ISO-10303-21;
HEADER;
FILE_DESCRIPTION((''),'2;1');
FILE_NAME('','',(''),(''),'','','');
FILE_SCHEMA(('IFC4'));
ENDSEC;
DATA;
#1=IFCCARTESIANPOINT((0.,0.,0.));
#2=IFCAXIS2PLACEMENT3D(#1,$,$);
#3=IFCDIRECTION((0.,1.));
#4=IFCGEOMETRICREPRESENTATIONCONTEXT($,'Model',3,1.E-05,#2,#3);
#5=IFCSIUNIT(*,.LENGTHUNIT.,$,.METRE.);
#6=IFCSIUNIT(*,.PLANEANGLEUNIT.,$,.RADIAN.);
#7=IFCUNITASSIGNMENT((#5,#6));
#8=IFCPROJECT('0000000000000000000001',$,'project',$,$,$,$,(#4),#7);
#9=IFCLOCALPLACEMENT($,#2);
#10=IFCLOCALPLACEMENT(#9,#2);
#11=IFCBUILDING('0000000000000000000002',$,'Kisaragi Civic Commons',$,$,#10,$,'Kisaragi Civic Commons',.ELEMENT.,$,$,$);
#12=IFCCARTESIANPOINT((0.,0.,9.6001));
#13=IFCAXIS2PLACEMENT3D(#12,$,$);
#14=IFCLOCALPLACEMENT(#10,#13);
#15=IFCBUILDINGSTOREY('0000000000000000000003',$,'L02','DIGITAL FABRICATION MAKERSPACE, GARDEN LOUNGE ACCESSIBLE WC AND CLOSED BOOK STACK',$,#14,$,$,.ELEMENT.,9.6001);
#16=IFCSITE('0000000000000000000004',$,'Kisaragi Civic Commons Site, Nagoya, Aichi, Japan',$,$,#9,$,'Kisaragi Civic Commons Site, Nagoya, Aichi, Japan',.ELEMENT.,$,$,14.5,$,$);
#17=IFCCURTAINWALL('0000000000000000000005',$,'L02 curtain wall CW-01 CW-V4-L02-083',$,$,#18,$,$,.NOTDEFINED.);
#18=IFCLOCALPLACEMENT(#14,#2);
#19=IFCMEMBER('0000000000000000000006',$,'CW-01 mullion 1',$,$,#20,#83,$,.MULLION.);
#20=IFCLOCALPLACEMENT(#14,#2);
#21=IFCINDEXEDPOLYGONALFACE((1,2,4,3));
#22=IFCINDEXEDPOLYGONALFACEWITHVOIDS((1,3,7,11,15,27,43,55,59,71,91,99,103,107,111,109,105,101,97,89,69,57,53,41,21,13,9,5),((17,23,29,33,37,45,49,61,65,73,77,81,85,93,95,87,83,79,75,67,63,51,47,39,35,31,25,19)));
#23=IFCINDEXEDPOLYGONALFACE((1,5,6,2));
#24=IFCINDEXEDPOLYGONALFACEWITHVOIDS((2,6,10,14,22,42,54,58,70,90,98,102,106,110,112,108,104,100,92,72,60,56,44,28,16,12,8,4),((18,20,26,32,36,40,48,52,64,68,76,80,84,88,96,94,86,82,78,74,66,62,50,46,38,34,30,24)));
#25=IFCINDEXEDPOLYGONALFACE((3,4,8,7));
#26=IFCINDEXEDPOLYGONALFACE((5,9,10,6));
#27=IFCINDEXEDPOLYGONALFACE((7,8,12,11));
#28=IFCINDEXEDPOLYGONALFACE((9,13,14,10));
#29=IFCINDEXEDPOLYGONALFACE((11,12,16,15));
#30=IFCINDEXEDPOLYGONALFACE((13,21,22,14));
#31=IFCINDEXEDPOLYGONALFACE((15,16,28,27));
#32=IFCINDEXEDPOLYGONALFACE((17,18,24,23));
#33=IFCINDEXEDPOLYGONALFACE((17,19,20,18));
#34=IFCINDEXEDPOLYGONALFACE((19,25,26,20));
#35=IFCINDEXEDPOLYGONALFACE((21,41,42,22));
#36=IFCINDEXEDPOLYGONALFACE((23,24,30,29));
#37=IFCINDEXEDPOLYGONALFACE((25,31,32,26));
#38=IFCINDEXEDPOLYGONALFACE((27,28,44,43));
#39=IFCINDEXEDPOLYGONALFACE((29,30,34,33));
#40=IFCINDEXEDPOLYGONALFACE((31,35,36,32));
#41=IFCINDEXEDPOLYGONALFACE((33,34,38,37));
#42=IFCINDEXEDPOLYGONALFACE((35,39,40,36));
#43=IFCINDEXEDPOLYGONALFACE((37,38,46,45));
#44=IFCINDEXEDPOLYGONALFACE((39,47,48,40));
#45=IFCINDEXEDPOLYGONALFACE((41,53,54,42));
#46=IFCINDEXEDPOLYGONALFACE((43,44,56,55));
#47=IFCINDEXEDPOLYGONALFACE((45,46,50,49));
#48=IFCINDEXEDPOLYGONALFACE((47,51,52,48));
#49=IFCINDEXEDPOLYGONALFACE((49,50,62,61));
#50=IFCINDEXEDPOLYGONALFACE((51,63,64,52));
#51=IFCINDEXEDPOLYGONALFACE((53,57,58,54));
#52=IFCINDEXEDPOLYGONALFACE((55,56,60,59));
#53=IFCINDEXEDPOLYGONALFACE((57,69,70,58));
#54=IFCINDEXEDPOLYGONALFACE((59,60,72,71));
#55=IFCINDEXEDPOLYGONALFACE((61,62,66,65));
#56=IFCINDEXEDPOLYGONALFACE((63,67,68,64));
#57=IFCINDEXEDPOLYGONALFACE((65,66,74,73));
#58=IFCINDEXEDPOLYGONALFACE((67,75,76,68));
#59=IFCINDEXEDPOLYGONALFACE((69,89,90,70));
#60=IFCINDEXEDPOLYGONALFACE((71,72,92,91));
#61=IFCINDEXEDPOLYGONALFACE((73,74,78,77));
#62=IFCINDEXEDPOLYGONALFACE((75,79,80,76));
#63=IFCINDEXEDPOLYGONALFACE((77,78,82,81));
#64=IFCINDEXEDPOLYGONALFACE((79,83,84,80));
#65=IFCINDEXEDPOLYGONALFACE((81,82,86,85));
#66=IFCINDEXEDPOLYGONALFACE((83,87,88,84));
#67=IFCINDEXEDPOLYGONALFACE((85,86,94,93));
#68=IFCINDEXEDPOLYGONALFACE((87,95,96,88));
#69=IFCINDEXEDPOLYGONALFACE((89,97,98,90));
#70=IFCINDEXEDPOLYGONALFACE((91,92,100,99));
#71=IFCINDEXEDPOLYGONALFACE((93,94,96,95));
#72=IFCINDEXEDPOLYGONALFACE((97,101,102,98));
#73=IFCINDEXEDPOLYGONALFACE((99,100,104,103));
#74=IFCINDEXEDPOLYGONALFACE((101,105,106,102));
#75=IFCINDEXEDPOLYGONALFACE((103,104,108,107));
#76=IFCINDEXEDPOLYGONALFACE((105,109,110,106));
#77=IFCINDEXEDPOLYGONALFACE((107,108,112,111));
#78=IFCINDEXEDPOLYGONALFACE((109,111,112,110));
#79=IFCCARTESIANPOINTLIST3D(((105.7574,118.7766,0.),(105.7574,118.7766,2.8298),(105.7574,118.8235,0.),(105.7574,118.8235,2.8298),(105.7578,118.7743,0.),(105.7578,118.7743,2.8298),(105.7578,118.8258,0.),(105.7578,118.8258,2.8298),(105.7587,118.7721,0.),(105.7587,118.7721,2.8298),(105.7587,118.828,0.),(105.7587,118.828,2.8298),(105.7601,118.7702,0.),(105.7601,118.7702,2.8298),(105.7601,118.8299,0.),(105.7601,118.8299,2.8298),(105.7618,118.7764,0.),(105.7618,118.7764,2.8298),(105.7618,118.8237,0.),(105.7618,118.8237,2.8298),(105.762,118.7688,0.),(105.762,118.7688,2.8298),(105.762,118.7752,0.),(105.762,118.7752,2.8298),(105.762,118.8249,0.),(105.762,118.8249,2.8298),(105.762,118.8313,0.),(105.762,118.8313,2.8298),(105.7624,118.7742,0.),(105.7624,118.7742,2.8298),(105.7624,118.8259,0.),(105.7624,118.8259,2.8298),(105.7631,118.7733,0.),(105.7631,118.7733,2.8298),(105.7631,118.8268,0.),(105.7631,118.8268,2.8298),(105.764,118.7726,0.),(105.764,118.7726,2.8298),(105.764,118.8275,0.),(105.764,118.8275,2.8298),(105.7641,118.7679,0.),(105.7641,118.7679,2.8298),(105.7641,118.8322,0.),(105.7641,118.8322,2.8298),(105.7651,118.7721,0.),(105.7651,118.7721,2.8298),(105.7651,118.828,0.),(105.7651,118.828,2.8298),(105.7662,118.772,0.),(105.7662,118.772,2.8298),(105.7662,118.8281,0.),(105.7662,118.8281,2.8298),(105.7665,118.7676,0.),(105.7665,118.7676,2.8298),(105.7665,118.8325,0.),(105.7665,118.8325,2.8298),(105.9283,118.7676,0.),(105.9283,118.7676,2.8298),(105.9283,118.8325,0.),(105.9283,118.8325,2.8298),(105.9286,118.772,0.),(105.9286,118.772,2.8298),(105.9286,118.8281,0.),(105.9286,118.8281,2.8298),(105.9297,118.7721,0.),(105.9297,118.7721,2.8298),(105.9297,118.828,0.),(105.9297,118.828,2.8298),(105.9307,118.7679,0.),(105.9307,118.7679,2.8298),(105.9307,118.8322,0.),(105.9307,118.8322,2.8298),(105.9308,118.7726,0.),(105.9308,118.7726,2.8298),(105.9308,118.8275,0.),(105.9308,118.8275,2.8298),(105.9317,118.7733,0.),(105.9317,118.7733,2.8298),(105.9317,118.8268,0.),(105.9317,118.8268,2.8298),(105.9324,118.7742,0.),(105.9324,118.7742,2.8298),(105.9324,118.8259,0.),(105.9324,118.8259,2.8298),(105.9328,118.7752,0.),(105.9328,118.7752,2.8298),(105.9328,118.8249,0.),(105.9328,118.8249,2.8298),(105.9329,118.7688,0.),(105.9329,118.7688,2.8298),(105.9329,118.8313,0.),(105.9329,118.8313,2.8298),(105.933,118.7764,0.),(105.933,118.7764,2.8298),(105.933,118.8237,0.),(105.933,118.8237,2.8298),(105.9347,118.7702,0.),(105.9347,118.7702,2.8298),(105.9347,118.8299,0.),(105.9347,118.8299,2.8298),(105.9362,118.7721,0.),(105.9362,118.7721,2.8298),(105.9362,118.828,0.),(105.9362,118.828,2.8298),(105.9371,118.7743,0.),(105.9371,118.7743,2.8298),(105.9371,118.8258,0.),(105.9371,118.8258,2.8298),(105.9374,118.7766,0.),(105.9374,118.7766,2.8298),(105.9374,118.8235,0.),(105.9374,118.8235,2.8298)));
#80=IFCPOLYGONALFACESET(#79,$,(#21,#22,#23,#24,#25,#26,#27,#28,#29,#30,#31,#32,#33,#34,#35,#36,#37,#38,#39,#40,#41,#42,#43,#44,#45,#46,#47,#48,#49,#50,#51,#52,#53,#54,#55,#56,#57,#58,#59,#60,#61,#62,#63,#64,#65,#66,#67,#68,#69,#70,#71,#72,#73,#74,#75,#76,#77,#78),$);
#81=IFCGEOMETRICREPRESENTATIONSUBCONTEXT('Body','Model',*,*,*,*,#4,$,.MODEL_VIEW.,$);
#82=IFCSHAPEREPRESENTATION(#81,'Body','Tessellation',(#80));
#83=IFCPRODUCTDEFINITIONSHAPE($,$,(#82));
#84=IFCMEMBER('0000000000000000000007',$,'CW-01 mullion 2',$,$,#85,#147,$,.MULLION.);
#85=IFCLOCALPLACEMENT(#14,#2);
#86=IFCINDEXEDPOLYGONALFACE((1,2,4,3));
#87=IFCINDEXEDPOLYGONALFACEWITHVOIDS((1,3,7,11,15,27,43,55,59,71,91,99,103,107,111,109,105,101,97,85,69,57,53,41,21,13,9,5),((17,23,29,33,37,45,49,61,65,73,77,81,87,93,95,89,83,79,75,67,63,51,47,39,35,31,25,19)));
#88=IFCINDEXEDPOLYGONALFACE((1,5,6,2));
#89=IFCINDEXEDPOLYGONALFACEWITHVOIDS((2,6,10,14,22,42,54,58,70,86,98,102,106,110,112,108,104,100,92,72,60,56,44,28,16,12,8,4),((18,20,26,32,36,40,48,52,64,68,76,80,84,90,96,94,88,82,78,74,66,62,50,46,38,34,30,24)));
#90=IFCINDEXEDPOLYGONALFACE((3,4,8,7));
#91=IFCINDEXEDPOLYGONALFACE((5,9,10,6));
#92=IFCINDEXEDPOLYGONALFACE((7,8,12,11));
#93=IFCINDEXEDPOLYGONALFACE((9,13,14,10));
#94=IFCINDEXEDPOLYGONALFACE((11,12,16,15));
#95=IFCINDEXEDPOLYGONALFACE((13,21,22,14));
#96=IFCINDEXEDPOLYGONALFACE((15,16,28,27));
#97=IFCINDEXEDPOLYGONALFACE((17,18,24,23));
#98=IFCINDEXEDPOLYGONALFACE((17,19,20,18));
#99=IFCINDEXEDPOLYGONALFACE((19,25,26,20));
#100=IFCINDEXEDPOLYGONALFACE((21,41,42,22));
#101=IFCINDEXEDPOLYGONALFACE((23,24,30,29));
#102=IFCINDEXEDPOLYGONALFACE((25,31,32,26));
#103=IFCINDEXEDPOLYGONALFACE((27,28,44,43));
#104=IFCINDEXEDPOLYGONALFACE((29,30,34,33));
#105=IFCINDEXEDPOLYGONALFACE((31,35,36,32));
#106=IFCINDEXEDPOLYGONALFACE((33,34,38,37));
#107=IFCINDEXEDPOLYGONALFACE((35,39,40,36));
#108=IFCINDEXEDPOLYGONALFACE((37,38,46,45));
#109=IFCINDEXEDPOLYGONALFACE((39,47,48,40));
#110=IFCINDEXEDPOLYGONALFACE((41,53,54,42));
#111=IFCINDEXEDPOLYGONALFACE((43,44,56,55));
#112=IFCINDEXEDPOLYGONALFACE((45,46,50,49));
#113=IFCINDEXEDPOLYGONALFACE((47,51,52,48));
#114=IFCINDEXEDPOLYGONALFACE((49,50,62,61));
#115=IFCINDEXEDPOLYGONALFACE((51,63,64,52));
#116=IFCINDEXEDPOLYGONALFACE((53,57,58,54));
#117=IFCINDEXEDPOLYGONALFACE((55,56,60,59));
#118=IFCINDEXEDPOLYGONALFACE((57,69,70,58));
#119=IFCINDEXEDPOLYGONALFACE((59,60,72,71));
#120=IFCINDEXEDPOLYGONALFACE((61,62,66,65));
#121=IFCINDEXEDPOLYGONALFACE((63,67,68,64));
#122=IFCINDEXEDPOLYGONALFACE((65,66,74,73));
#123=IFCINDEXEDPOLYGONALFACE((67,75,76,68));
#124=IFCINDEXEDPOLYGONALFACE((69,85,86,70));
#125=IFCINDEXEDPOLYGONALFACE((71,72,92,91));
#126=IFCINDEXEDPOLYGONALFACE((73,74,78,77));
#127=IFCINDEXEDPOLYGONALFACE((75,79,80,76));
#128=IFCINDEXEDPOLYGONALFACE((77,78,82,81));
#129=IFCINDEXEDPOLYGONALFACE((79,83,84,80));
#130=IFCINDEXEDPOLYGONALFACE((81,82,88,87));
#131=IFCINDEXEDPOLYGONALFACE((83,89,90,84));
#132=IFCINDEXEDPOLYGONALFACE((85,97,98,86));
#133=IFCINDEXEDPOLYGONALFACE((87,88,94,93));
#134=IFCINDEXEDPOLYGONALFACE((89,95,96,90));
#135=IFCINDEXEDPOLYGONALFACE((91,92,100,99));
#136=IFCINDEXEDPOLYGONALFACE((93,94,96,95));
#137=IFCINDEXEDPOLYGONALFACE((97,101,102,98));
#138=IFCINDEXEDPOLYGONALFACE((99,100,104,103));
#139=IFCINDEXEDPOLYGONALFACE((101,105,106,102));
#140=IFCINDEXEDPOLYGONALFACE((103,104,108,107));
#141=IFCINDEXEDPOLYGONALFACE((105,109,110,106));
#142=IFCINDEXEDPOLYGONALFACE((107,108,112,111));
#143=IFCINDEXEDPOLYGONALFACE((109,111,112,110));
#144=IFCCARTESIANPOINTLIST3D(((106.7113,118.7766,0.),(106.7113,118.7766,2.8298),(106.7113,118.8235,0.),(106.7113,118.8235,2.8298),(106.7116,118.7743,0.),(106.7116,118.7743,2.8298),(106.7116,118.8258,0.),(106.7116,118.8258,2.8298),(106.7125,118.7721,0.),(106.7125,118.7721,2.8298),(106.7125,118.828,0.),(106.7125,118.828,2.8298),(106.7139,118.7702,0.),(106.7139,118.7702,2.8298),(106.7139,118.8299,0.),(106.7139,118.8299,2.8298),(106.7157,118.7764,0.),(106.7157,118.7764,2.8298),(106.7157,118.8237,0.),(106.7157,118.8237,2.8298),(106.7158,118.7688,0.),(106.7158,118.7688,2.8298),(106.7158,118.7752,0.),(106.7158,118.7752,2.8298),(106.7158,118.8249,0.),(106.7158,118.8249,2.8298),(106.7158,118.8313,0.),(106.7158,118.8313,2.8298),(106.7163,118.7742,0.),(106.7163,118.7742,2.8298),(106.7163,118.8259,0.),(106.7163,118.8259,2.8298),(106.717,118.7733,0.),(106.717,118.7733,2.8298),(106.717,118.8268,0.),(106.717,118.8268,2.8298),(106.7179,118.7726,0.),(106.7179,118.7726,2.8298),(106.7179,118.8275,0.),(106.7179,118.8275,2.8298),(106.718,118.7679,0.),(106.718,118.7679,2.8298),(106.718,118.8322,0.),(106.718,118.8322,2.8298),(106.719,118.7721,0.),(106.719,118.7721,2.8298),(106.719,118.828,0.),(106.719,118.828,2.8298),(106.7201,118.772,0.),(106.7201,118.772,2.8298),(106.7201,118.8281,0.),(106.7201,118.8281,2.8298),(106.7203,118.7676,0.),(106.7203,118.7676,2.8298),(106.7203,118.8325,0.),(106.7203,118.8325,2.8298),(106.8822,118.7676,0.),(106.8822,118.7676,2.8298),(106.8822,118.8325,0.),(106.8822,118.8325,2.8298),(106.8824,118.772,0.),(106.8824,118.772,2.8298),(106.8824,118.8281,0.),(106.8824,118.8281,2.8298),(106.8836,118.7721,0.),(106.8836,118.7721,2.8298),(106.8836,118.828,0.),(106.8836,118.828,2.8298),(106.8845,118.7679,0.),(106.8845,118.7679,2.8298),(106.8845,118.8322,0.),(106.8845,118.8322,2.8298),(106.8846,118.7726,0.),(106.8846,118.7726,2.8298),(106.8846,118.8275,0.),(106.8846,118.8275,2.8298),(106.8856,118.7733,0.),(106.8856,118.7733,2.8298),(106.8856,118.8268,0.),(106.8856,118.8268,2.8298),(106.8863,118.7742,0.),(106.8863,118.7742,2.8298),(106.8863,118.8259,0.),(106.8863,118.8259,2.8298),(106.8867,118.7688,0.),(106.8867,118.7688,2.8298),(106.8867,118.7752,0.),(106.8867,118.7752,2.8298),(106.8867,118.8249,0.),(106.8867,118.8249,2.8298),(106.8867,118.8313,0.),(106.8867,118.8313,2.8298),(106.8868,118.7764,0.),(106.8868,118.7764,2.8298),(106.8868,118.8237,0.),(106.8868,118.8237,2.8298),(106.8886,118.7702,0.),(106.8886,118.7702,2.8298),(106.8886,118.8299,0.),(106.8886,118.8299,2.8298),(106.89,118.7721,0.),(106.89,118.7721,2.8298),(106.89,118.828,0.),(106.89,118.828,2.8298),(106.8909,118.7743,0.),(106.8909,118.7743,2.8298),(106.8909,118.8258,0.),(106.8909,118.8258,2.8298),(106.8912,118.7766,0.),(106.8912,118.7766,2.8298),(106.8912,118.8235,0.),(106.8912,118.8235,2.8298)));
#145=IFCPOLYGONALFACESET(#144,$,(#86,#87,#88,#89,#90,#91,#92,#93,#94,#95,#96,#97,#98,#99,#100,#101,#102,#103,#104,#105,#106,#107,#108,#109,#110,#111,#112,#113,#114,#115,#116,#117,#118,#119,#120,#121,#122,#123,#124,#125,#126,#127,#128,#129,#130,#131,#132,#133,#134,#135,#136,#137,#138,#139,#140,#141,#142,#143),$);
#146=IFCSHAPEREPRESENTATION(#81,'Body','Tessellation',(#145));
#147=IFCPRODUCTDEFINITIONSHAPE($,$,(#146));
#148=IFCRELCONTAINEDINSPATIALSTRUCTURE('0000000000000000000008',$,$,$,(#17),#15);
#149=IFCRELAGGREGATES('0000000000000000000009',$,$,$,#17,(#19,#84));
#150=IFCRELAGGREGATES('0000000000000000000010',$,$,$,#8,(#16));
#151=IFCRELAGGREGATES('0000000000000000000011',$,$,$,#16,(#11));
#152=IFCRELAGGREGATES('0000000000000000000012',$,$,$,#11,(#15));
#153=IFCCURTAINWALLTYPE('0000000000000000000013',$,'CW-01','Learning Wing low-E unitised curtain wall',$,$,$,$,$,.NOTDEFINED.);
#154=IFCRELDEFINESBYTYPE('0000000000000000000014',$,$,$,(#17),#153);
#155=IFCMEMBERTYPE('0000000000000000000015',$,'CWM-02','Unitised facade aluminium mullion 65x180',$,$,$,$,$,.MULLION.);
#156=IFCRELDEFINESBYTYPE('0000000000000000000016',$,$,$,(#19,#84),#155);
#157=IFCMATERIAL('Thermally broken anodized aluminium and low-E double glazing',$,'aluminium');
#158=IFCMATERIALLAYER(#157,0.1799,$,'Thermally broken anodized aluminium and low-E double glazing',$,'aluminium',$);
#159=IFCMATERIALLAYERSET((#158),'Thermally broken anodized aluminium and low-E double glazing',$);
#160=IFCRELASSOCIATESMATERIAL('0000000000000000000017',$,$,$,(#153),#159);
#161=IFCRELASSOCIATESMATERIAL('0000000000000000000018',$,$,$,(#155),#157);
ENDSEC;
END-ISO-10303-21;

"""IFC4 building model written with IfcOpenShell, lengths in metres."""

from ifc_helpers import new_model, si_unit, direction, frame, origin, origin_2d, place, context, subcontext, project, spatial, hollow_rectangle, extrude, material, layer, layer_set, material_profile, profile_set, type_object, element, aggregate, save


model = new_model("IFC4")

# Units and contexts
model_context = context("Model", 3, precision=1e-05, world=origin(), true_north=direction((0.0, 1.0)))
body_context = subcontext(model_context, "Body", "Model", "MODEL_VIEW")
ifc_project = project(units=[si_unit("LENGTHUNIT", "METRE"), si_unit("PLANEANGLEUNIT", "RADIAN")], contexts=[model_context])

# Site, building, storey
site_placement = place(None, origin())
site = spatial("IfcSite", under=ifc_project, at=site_placement, Name="Kisaragi Civic Commons Site, Nagoya, Aichi, Japan", LongName="Kisaragi Civic Commons Site, Nagoya, Aichi, Japan", CompositionType="ELEMENT", RefElevation=14.5)
building_placement = place(site_placement, origin())
building = spatial("IfcBuilding", under=site, at=building_placement, Name="Kisaragi Civic Commons", LongName="Kisaragi Civic Commons", CompositionType="ELEMENT")
storey_placement = place(building_placement, frame((0.0, 0.0, 9.6001)))
storey = spatial("IfcBuildingStorey", under=building, at=storey_placement, Name="L02", Description="DIGITAL FABRICATION MAKERSPACE, GARDEN LOUNGE ACCESSIBLE WC AND CLOSED BOOK STACK", CompositionType="ELEMENT", Elevation=9.6001)

# Curtain wall, members
ifc_material_1 = material(Name="Thermally broken anodized aluminium and low-E double glazing", Category="aluminium")
ifc_layer_1 = layer(ifc_material_1, 0.1799, Name="Thermally broken anodized aluminium and low-E double glazing", Category="aluminium")
ifc_layer_set_1 = layer_set([ifc_layer_1], Name="Thermally broken anodized aluminium and low-E double glazing")
curtain_wall_type = type_object("IfcCurtainWallType", Name="CW-01", Description="Learning Wing low-E unitised curtain wall", PredefinedType="NOTDEFINED", material=ifc_layer_set_1)
ifc_material_profile_1 = material_profile(ifc_material_1, hollow_rectangle(XDim=0.0649, YDim=0.1799, WallThickness=0.0044, InnerFilletRadius=0.0044, OuterFilletRadius=0.009, at=origin_2d()), Name="CWM-65x180x4.5", Category="aluminium")
ifc_profile_set_1 = profile_set([ifc_material_profile_1], Name="Thermally broken anodized aluminium and low-E double glazing")
member_type_1 = type_object("IfcMemberType", Name="CWM-02", Description="Unitised facade aluminium mullion 65x180", PredefinedType="MULLION", material=ifc_profile_set_1)
curtain_wall_1_placement = place(storey_placement, origin())
curtain_wall_1 = element("IfcCurtainWall", 1, at=curtain_wall_1_placement, inside=storey, type_object=curtain_wall_type, Name="L02 curtain wall CW-01 CW-V4-L02-083", PredefinedType="NOTDEFINED")
member_1_placement = place(storey_placement, frame((105.8474, 118.8, 0.0), z_axis=(0.0, 0.0, 1.0), x_axis=(0.0, 1.0, 0.0)))
member_1 = element("IfcMember", 2, at=member_1_placement, type_object=member_type_1, Name="CW-01 mullion 1", PredefinedType="MULLION", context=body_context, shape_type="SweptSolid", body=[
    extrude(hollow_rectangle(XDim=0.0649, YDim=0.1799, WallThickness=0.0044, InnerFilletRadius=0.0044, OuterFilletRadius=0.009, at=origin_2d()), origin(), (0.0, 0.0, 1.0), 2.8298),
])
member_2_placement = place(storey_placement, frame((106.8013, 118.8, 0.0), z_axis=(0.0, 0.0, 1.0), x_axis=(0.0, 1.0, 0.0)))
member_2 = element("IfcMember", 3, at=member_2_placement, type_object=member_type_1, Name="CW-01 mullion 2", PredefinedType="MULLION", context=body_context, shape_type="SweptSolid", body=[
    extrude(hollow_rectangle(XDim=0.0649, YDim=0.1799, WallThickness=0.0044, InnerFilletRadius=0.0044, OuterFilletRadius=0.009, at=origin_2d()), origin(), (0.0, 0.0, 1.0), 2.8298),
])

aggregate(curtain_wall_1, [member_1, member_2])

save(model, "model.ifc")
